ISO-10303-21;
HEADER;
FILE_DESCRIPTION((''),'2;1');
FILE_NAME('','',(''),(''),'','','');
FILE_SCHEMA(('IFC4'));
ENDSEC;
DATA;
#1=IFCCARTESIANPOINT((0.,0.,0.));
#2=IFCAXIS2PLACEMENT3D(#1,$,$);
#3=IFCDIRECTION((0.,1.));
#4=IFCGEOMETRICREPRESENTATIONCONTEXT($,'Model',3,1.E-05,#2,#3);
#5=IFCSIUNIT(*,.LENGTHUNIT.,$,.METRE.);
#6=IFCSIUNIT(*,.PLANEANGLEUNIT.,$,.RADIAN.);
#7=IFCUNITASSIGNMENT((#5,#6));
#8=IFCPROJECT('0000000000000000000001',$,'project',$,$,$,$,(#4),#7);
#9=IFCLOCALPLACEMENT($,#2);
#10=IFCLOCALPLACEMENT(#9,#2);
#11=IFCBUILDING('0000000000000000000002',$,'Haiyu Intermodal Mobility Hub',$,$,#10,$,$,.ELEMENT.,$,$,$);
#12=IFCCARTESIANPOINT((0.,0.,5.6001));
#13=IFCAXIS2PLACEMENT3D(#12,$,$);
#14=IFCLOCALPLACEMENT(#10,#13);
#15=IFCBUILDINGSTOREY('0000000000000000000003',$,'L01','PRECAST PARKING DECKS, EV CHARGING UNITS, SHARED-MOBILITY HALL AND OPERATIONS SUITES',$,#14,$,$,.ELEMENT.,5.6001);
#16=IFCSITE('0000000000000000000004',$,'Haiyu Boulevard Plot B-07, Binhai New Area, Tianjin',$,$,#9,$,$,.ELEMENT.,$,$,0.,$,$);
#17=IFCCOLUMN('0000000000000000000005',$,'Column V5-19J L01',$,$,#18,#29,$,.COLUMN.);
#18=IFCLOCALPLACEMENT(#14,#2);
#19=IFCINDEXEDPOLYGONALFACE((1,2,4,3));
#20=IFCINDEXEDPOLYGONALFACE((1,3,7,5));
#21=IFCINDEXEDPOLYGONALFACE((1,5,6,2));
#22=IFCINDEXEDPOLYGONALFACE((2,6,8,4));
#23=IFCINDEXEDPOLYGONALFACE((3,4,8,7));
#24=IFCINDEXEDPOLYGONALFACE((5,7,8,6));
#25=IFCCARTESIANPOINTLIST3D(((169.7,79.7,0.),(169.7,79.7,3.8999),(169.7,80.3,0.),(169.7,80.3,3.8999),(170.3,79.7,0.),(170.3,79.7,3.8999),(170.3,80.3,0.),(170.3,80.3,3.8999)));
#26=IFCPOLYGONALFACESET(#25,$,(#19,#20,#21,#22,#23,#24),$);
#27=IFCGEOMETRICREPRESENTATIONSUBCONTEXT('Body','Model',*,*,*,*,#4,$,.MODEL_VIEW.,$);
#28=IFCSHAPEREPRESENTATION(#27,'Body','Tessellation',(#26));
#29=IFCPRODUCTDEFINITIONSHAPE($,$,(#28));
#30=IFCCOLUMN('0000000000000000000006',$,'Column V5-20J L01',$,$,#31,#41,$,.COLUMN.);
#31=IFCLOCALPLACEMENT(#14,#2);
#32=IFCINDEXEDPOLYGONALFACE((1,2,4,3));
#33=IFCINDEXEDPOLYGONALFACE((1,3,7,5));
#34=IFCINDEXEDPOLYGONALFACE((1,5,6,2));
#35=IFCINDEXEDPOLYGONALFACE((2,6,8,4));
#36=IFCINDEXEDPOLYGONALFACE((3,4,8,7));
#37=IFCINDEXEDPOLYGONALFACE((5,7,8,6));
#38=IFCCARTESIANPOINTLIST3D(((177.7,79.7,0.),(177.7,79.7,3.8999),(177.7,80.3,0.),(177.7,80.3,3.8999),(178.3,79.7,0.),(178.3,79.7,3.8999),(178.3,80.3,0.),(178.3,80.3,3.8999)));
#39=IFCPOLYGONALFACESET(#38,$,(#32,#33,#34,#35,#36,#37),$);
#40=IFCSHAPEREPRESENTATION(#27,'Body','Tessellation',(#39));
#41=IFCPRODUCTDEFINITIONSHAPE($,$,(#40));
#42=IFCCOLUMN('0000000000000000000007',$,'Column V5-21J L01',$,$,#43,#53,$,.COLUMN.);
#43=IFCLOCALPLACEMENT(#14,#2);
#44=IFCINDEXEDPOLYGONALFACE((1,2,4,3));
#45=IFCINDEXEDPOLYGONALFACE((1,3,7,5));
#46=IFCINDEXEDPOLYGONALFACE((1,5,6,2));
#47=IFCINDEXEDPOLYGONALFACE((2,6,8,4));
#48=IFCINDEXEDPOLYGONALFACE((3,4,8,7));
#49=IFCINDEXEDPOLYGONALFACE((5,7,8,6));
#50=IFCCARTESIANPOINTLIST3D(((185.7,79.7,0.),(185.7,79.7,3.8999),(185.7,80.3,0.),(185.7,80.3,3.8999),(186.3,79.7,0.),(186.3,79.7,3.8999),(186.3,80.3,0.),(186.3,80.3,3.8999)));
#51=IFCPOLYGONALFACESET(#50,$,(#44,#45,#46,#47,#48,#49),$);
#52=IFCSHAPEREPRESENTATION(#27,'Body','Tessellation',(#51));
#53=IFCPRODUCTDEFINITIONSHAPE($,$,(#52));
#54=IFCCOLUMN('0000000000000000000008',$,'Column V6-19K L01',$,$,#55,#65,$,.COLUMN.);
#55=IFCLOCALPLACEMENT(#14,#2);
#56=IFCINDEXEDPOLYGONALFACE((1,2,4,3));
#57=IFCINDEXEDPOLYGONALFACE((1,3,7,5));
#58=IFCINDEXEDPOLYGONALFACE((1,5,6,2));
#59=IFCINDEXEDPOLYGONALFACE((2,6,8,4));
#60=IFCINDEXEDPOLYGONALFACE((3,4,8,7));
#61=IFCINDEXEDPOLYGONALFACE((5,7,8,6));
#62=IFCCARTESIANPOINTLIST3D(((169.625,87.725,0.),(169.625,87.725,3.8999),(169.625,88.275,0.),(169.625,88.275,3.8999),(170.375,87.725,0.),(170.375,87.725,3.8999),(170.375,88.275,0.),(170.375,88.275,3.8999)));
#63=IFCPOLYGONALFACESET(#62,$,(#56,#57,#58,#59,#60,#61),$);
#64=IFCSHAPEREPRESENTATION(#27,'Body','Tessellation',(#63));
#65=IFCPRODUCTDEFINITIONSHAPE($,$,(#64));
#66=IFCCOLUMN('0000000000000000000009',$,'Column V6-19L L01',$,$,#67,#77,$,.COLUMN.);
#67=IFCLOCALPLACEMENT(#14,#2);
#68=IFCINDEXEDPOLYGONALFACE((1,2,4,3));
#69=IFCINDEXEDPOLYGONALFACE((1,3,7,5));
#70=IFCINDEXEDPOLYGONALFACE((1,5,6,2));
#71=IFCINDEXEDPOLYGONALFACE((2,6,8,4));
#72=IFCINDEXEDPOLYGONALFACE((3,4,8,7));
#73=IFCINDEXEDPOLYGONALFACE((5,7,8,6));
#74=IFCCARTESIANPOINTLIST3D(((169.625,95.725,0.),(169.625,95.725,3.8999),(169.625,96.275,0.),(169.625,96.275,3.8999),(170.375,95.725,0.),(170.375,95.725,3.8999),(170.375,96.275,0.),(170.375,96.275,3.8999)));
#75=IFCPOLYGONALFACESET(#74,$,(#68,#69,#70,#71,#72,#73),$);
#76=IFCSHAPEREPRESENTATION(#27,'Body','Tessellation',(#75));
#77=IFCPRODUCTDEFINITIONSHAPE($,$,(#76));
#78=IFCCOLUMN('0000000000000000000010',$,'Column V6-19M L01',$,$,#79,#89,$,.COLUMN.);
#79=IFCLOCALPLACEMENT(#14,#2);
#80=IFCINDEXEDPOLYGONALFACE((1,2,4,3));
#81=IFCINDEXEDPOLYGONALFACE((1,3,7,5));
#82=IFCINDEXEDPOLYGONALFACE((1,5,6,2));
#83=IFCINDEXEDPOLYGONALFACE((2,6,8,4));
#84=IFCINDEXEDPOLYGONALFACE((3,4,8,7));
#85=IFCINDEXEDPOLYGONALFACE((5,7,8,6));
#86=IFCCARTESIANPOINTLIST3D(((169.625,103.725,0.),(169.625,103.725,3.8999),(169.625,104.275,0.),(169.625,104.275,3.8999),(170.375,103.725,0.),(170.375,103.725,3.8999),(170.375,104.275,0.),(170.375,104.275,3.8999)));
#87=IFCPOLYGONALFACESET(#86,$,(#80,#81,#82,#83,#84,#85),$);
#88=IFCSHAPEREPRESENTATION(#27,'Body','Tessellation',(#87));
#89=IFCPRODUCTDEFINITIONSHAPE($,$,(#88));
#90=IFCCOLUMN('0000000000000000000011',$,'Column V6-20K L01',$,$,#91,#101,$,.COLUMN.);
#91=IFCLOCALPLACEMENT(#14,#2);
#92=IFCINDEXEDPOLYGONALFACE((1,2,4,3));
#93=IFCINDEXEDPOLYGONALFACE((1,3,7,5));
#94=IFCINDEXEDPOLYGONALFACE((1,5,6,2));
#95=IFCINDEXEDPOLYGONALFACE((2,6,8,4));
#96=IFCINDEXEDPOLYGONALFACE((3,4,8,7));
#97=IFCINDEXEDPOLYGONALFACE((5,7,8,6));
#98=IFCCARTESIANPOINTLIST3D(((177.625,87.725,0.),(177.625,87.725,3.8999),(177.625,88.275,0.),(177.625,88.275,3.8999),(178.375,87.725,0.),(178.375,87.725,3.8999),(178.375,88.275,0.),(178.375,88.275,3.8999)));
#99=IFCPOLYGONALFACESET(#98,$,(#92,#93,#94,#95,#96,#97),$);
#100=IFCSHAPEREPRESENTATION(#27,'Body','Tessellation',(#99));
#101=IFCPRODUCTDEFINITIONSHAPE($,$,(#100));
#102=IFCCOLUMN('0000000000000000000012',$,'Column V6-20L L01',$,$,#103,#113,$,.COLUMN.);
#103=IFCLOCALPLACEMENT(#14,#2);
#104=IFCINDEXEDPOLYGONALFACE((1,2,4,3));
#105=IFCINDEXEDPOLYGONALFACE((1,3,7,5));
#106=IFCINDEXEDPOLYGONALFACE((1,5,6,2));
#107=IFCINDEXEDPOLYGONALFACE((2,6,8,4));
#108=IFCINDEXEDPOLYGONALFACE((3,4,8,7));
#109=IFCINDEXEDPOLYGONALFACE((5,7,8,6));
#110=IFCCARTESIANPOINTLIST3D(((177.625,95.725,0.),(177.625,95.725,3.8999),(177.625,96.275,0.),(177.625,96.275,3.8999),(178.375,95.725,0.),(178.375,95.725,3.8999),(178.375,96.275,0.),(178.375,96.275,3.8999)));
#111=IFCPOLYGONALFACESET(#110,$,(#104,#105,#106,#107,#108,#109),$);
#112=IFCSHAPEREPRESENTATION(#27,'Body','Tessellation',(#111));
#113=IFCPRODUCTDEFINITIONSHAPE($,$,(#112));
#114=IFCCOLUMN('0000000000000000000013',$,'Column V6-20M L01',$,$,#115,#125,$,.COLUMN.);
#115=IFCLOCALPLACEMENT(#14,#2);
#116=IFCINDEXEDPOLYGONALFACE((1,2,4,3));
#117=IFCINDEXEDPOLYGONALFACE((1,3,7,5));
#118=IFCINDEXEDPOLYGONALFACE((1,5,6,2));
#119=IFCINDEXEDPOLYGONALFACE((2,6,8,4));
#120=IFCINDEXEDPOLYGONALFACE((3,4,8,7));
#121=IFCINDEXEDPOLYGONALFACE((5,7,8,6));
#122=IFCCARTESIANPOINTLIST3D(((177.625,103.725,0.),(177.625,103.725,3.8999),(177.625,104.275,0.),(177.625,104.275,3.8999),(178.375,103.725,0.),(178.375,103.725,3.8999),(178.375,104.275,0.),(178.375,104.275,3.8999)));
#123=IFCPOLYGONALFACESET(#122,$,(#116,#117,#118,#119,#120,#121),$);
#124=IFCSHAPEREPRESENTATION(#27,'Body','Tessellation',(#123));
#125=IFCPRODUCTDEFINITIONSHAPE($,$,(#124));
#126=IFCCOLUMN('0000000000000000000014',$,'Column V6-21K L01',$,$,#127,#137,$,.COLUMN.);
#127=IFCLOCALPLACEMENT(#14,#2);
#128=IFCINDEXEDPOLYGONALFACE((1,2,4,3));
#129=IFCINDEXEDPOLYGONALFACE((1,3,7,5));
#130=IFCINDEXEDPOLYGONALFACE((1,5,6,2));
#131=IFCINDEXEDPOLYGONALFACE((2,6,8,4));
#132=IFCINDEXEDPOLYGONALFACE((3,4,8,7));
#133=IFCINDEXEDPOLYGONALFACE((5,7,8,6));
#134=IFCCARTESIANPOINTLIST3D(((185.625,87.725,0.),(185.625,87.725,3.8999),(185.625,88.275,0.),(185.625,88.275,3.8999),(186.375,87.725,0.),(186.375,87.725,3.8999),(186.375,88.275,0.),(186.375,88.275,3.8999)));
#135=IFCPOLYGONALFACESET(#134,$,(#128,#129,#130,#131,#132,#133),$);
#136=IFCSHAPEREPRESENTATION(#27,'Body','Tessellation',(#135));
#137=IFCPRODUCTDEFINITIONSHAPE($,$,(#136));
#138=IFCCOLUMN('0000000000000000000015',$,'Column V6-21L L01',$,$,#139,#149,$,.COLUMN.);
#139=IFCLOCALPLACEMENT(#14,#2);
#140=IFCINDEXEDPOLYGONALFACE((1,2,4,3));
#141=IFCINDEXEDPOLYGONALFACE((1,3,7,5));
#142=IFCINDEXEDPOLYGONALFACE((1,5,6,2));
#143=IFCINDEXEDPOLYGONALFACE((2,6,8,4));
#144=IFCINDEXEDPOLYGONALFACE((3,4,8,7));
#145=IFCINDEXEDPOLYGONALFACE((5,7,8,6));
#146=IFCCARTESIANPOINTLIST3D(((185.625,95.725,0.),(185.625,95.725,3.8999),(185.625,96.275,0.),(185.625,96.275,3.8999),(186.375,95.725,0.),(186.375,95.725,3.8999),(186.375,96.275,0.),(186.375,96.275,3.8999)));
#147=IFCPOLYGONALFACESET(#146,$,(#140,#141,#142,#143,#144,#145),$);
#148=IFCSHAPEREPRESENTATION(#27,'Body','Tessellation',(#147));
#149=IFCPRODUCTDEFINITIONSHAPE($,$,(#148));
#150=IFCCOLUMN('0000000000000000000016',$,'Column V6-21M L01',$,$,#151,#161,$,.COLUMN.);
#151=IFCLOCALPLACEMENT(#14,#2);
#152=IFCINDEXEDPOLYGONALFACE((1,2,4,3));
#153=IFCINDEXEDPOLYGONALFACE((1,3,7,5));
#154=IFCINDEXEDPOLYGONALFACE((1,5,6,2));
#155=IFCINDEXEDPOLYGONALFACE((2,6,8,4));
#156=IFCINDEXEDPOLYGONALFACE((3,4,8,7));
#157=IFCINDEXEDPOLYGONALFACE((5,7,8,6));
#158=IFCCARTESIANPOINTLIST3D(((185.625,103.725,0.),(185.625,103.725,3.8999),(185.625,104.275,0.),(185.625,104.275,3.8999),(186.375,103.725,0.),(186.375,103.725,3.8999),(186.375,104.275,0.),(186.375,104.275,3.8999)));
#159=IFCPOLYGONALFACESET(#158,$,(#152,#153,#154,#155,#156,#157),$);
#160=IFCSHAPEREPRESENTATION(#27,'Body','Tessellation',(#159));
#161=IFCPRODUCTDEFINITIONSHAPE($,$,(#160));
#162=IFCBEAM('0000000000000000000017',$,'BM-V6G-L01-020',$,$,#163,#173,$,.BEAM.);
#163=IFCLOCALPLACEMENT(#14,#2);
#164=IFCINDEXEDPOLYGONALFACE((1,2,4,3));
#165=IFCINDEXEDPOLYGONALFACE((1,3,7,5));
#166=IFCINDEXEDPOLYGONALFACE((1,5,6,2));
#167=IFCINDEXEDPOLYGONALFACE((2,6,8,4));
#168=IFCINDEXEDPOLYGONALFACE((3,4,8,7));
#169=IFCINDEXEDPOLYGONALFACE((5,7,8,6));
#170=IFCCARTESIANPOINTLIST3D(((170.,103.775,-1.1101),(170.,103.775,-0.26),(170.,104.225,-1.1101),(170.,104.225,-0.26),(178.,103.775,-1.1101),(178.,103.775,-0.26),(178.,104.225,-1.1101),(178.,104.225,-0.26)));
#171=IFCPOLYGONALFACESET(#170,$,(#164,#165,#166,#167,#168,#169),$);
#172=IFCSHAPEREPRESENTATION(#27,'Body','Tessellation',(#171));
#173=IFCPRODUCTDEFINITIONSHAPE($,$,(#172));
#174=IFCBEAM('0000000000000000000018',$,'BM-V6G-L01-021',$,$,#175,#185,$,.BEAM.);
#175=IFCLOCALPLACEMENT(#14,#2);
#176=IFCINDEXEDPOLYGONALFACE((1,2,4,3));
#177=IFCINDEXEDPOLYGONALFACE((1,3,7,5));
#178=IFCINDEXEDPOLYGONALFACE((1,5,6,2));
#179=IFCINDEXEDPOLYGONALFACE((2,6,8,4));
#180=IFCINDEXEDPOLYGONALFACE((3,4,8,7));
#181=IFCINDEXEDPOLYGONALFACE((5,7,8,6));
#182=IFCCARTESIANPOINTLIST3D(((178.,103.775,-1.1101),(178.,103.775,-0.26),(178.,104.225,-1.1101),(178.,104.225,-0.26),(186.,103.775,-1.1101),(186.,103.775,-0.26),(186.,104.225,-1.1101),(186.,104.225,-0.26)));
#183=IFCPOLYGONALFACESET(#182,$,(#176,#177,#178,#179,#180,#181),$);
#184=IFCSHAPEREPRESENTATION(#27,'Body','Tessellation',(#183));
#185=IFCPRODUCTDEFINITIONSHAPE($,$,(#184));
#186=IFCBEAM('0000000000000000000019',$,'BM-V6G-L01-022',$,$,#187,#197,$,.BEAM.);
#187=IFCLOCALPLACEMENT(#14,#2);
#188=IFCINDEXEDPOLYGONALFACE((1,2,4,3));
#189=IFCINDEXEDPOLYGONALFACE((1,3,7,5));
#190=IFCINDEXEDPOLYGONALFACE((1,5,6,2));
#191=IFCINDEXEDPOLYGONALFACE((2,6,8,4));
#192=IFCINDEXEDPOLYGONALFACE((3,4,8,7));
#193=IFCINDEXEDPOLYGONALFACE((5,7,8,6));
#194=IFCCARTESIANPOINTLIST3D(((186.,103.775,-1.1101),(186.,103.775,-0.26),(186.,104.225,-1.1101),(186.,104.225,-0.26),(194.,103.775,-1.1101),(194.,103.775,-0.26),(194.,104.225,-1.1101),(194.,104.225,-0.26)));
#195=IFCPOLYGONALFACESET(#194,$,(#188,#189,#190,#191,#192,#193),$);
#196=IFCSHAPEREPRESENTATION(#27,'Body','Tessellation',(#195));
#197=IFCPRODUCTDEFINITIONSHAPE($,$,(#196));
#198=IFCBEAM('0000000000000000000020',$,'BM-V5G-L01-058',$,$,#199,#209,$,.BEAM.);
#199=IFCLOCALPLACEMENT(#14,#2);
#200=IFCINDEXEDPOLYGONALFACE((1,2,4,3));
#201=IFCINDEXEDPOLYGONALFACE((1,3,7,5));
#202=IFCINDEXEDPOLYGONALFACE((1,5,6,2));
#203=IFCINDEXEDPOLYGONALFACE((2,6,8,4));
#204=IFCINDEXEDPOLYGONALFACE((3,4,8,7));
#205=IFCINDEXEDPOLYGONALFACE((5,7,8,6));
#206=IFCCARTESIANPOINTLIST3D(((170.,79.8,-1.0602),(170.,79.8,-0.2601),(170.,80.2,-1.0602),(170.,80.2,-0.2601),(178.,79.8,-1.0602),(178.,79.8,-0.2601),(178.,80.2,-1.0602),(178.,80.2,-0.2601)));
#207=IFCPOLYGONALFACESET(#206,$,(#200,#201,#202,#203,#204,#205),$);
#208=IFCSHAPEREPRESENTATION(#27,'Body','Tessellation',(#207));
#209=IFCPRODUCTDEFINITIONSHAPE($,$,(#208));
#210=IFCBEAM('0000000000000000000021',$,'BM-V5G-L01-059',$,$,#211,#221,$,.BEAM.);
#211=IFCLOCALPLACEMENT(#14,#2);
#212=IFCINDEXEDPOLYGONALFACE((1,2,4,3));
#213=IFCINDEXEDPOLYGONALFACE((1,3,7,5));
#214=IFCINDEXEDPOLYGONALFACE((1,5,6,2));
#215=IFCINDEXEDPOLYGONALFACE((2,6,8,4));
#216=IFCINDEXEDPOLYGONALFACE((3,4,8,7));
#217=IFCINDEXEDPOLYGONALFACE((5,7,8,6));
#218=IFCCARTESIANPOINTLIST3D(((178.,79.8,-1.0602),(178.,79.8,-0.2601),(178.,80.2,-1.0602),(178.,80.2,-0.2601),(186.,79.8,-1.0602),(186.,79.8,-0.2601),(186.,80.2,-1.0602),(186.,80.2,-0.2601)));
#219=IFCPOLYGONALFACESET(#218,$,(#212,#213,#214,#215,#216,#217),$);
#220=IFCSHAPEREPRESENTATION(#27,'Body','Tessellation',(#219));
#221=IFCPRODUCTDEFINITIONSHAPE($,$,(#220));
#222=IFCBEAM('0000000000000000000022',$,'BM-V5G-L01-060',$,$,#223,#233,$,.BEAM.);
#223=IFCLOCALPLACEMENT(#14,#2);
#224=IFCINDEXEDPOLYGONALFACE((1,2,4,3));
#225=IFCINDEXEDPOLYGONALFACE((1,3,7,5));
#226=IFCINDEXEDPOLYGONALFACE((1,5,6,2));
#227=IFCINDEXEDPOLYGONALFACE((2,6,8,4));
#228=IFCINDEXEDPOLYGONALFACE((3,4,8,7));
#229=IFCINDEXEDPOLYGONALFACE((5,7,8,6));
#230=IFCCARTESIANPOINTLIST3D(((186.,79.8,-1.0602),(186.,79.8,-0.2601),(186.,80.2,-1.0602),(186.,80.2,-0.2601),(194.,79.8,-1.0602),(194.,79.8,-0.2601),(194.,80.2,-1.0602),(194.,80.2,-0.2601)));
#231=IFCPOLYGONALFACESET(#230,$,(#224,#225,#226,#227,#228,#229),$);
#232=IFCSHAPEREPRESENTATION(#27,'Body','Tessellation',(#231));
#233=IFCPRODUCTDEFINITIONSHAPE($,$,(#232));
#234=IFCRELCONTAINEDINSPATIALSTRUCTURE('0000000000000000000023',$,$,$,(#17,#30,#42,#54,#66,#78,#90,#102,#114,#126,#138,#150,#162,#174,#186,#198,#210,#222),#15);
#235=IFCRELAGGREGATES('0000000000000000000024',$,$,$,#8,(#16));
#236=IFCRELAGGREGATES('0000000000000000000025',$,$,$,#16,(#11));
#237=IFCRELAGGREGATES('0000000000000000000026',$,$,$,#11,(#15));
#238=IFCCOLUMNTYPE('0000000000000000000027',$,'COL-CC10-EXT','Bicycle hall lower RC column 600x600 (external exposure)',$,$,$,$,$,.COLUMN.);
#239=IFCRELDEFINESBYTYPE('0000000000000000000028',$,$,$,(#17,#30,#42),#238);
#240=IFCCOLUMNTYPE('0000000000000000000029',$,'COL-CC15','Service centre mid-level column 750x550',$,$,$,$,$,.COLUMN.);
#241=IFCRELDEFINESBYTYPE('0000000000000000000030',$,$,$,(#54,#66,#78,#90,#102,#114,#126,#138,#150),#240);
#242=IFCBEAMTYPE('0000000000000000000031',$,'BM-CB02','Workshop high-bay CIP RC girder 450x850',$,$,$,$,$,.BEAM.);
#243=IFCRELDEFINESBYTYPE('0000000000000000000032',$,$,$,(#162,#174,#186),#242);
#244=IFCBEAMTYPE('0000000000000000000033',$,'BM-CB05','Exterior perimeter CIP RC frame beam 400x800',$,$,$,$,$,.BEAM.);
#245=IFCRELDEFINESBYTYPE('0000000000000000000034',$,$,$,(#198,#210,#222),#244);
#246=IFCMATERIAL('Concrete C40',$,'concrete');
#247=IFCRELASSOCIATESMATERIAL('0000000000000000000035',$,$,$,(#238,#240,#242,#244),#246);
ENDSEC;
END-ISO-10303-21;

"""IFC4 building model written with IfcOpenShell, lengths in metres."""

from ifc_helpers import new_model, si_unit, direction, frame, origin, origin_2d, place, context, subcontext, project, spatial, rectangle, extrude, material, material_profile, profile_set, type_object, element, save


model = new_model("IFC4")

# Units and contexts
model_context = context("Model", 3, precision=1e-05, world=origin(), true_north=direction((0.0, 1.0)))
body_context = subcontext(model_context, "Body", "Model", "MODEL_VIEW")
ifc_project = project(units=[si_unit("LENGTHUNIT", "METRE"), si_unit("PLANEANGLEUNIT", "RADIAN")], contexts=[model_context])

# Site, building, storey
site_placement = place(None, origin())
site = spatial("IfcSite", under=ifc_project, at=site_placement, Name="Haiyu Boulevard Plot B-07, Binhai New Area, Tianjin", CompositionType="ELEMENT", RefElevation=0.0)
building_placement = place(site_placement, origin())
building = spatial("IfcBuilding", under=site, at=building_placement, Name="Haiyu Intermodal Mobility Hub", CompositionType="ELEMENT")
storey_placement = place(building_placement, frame((0.0, 0.0, 5.6001)))
storey = spatial("IfcBuildingStorey", under=building, at=storey_placement, Name="L01", Description="PRECAST PARKING DECKS, EV CHARGING UNITS, SHARED-MOBILITY HALL AND OPERATIONS SUITES", CompositionType="ELEMENT", Elevation=5.6001)

# Columns
ifc_material_1 = material(Name="Concrete C40", Category="concrete")
ifc_material_profile_1 = material_profile(ifc_material_1, rectangle(XDim=0.6001, YDim=0.6001, at=origin_2d()), Name="RC600x600")
ifc_profile_set_1 = profile_set([ifc_material_profile_1], Name="Concrete C40")
column_type_1 = type_object("IfcColumnType", Name="COL-CC10-EXT", Description="Bicycle hall lower RC column 600x600 (external exposure)", PredefinedType="COLUMN", material=ifc_profile_set_1)
for number, where, z_axis, x_axis, name in (
    (1, (170.0, 80.0, 0.0), (0.0, 0.0, 1.0), (1.0, 0.0, 0.0), "Column V5-19J L01"),
    (2, (178.0, 80.0, 0.0), (0.0, 0.0, 1.0), (1.0, 0.0, 0.0), "Column V5-20J L01"),
    (3, (186.0, 80.0, 0.0), (0.0, 0.0, 1.0), (1.0, 0.0, 0.0), "Column V5-21J L01"),
):
    element("IfcColumn", number, at=place(storey_placement, frame(where, z_axis=z_axis, x_axis=x_axis)), inside=storey, type_object=column_type_1, Name=name, PredefinedType="COLUMN", context=body_context, shape_type="SweptSolid", body=[
        extrude(rectangle(XDim=0.6001, YDim=0.6001, at=origin_2d()), origin(), (0.0, 0.0, 1.0), 3.8999),
    ])
ifc_material_profile_2 = material_profile(ifc_material_1, rectangle(XDim=0.75, YDim=0.55, at=origin_2d()), Name="C750x550")
ifc_profile_set_2 = profile_set([ifc_material_profile_2], Name="Concrete C40")
column_type_2 = type_object("IfcColumnType", Name="COL-CC15", Description="Service centre mid-level column 750x550", PredefinedType="COLUMN", material=ifc_profile_set_2)
for number, where, z_axis, x_axis, name in (
    (4, (170.0, 88.0, 0.0), (0.0, 0.0, 1.0), (1.0, 0.0, 0.0), "Column V6-19K L01"),
    (5, (170.0, 96.0, 0.0), (0.0, 0.0, 1.0), (1.0, 0.0, 0.0), "Column V6-19L L01"),
    (6, (170.0, 104.0, 0.0), (0.0, 0.0, 1.0), (1.0, 0.0, 0.0), "Column V6-19M L01"),
    (7, (178.0, 88.0, 0.0), (0.0, 0.0, 1.0), (1.0, 0.0, 0.0), "Column V6-20K L01"),
    (8, (178.0, 96.0, 0.0), (0.0, 0.0, 1.0), (1.0, 0.0, 0.0), "Column V6-20L L01"),
    (9, (178.0, 104.0, 0.0), (0.0, 0.0, 1.0), (1.0, 0.0, 0.0), "Column V6-20M L01"),
    (10, (186.0, 88.0, 0.0), (0.0, 0.0, 1.0), (1.0, 0.0, 0.0), "Column V6-21K L01"),
    (11, (186.0, 96.0, 0.0), (0.0, 0.0, 1.0), (1.0, 0.0, 0.0), "Column V6-21L L01"),
    (12, (186.0, 104.0, 0.0), (0.0, 0.0, 1.0), (1.0, 0.0, 0.0), "Column V6-21M L01"),
):
    element("IfcColumn", number, at=place(storey_placement, frame(where, z_axis=z_axis, x_axis=x_axis)), inside=storey, type_object=column_type_2, Name=name, PredefinedType="COLUMN", context=body_context, shape_type="SweptSolid", body=[
        extrude(rectangle(XDim=0.75, YDim=0.55, at=origin_2d()), origin(), (0.0, 0.0, 1.0), 3.8999),
    ])

# Beams
ifc_material_profile_3 = material_profile(ifc_material_1, rectangle(XDim=0.45, YDim=0.8501, at=origin_2d()), Name="RCB450x850")
ifc_profile_set_3 = profile_set([ifc_material_profile_3], Name="Concrete C40")
beam_type_1 = type_object("IfcBeamType", Name="BM-CB02", Description="Workshop high-bay CIP RC girder 450x850", PredefinedType="BEAM", material=ifc_profile_set_3)
for number, where, z_axis, x_axis, name in (
    (13, (170.0, 104.0, -0.6851), (1.0, 0.0, 0.0), (0.0, 1.0, 0.0), "BM-V6G-L01-020"),
    (14, (178.0, 104.0, -0.6851), (1.0, 0.0, 0.0), (0.0, 1.0, 0.0), "BM-V6G-L01-021"),
    (15, (186.0, 104.0, -0.6851), (1.0, 0.0, 0.0), (0.0, 1.0, 0.0), "BM-V6G-L01-022"),
):
    element("IfcBeam", number, at=place(storey_placement, frame(where, z_axis=z_axis, x_axis=x_axis)), inside=storey, type_object=beam_type_1, Name=name, PredefinedType="BEAM", context=body_context, shape_type="SweptSolid", body=[
        extrude(rectangle(XDim=0.45, YDim=0.8501, at=origin_2d()), origin(), (0.0, 0.0, 1.0), 8.0),
    ])
ifc_material_profile_4 = material_profile(ifc_material_1, rectangle(XDim=0.3999, YDim=0.8, at=origin_2d()), Name="RCB400x800")
ifc_profile_set_4 = profile_set([ifc_material_profile_4], Name="Concrete C40")
beam_type_2 = type_object("IfcBeamType", Name="BM-CB05", Description="Exterior perimeter CIP RC frame beam 400x800", PredefinedType="BEAM", material=ifc_profile_set_4)
for number, where, z_axis, x_axis, name in (
    (16, (170.0, 80.0, -0.6602), (1.0, 0.0, 0.0), (0.0, 1.0, 0.0), "BM-V5G-L01-058"),
    (17, (178.0, 80.0, -0.6602), (1.0, 0.0, 0.0), (0.0, 1.0, 0.0), "BM-V5G-L01-059"),
    (18, (186.0, 80.0, -0.6602), (1.0, 0.0, 0.0), (0.0, 1.0, 0.0), "BM-V5G-L01-060"),
):
    element("IfcBeam", number, at=place(storey_placement, frame(where, z_axis=z_axis, x_axis=x_axis)), inside=storey, type_object=beam_type_2, Name=name, PredefinedType="BEAM", context=body_context, shape_type="SweptSolid", body=[
        extrude(rectangle(XDim=0.3999, YDim=0.8, at=origin_2d()), origin(), (0.0, 0.0, 1.0), 8.0),
    ])

save(model, "model.ifc")
